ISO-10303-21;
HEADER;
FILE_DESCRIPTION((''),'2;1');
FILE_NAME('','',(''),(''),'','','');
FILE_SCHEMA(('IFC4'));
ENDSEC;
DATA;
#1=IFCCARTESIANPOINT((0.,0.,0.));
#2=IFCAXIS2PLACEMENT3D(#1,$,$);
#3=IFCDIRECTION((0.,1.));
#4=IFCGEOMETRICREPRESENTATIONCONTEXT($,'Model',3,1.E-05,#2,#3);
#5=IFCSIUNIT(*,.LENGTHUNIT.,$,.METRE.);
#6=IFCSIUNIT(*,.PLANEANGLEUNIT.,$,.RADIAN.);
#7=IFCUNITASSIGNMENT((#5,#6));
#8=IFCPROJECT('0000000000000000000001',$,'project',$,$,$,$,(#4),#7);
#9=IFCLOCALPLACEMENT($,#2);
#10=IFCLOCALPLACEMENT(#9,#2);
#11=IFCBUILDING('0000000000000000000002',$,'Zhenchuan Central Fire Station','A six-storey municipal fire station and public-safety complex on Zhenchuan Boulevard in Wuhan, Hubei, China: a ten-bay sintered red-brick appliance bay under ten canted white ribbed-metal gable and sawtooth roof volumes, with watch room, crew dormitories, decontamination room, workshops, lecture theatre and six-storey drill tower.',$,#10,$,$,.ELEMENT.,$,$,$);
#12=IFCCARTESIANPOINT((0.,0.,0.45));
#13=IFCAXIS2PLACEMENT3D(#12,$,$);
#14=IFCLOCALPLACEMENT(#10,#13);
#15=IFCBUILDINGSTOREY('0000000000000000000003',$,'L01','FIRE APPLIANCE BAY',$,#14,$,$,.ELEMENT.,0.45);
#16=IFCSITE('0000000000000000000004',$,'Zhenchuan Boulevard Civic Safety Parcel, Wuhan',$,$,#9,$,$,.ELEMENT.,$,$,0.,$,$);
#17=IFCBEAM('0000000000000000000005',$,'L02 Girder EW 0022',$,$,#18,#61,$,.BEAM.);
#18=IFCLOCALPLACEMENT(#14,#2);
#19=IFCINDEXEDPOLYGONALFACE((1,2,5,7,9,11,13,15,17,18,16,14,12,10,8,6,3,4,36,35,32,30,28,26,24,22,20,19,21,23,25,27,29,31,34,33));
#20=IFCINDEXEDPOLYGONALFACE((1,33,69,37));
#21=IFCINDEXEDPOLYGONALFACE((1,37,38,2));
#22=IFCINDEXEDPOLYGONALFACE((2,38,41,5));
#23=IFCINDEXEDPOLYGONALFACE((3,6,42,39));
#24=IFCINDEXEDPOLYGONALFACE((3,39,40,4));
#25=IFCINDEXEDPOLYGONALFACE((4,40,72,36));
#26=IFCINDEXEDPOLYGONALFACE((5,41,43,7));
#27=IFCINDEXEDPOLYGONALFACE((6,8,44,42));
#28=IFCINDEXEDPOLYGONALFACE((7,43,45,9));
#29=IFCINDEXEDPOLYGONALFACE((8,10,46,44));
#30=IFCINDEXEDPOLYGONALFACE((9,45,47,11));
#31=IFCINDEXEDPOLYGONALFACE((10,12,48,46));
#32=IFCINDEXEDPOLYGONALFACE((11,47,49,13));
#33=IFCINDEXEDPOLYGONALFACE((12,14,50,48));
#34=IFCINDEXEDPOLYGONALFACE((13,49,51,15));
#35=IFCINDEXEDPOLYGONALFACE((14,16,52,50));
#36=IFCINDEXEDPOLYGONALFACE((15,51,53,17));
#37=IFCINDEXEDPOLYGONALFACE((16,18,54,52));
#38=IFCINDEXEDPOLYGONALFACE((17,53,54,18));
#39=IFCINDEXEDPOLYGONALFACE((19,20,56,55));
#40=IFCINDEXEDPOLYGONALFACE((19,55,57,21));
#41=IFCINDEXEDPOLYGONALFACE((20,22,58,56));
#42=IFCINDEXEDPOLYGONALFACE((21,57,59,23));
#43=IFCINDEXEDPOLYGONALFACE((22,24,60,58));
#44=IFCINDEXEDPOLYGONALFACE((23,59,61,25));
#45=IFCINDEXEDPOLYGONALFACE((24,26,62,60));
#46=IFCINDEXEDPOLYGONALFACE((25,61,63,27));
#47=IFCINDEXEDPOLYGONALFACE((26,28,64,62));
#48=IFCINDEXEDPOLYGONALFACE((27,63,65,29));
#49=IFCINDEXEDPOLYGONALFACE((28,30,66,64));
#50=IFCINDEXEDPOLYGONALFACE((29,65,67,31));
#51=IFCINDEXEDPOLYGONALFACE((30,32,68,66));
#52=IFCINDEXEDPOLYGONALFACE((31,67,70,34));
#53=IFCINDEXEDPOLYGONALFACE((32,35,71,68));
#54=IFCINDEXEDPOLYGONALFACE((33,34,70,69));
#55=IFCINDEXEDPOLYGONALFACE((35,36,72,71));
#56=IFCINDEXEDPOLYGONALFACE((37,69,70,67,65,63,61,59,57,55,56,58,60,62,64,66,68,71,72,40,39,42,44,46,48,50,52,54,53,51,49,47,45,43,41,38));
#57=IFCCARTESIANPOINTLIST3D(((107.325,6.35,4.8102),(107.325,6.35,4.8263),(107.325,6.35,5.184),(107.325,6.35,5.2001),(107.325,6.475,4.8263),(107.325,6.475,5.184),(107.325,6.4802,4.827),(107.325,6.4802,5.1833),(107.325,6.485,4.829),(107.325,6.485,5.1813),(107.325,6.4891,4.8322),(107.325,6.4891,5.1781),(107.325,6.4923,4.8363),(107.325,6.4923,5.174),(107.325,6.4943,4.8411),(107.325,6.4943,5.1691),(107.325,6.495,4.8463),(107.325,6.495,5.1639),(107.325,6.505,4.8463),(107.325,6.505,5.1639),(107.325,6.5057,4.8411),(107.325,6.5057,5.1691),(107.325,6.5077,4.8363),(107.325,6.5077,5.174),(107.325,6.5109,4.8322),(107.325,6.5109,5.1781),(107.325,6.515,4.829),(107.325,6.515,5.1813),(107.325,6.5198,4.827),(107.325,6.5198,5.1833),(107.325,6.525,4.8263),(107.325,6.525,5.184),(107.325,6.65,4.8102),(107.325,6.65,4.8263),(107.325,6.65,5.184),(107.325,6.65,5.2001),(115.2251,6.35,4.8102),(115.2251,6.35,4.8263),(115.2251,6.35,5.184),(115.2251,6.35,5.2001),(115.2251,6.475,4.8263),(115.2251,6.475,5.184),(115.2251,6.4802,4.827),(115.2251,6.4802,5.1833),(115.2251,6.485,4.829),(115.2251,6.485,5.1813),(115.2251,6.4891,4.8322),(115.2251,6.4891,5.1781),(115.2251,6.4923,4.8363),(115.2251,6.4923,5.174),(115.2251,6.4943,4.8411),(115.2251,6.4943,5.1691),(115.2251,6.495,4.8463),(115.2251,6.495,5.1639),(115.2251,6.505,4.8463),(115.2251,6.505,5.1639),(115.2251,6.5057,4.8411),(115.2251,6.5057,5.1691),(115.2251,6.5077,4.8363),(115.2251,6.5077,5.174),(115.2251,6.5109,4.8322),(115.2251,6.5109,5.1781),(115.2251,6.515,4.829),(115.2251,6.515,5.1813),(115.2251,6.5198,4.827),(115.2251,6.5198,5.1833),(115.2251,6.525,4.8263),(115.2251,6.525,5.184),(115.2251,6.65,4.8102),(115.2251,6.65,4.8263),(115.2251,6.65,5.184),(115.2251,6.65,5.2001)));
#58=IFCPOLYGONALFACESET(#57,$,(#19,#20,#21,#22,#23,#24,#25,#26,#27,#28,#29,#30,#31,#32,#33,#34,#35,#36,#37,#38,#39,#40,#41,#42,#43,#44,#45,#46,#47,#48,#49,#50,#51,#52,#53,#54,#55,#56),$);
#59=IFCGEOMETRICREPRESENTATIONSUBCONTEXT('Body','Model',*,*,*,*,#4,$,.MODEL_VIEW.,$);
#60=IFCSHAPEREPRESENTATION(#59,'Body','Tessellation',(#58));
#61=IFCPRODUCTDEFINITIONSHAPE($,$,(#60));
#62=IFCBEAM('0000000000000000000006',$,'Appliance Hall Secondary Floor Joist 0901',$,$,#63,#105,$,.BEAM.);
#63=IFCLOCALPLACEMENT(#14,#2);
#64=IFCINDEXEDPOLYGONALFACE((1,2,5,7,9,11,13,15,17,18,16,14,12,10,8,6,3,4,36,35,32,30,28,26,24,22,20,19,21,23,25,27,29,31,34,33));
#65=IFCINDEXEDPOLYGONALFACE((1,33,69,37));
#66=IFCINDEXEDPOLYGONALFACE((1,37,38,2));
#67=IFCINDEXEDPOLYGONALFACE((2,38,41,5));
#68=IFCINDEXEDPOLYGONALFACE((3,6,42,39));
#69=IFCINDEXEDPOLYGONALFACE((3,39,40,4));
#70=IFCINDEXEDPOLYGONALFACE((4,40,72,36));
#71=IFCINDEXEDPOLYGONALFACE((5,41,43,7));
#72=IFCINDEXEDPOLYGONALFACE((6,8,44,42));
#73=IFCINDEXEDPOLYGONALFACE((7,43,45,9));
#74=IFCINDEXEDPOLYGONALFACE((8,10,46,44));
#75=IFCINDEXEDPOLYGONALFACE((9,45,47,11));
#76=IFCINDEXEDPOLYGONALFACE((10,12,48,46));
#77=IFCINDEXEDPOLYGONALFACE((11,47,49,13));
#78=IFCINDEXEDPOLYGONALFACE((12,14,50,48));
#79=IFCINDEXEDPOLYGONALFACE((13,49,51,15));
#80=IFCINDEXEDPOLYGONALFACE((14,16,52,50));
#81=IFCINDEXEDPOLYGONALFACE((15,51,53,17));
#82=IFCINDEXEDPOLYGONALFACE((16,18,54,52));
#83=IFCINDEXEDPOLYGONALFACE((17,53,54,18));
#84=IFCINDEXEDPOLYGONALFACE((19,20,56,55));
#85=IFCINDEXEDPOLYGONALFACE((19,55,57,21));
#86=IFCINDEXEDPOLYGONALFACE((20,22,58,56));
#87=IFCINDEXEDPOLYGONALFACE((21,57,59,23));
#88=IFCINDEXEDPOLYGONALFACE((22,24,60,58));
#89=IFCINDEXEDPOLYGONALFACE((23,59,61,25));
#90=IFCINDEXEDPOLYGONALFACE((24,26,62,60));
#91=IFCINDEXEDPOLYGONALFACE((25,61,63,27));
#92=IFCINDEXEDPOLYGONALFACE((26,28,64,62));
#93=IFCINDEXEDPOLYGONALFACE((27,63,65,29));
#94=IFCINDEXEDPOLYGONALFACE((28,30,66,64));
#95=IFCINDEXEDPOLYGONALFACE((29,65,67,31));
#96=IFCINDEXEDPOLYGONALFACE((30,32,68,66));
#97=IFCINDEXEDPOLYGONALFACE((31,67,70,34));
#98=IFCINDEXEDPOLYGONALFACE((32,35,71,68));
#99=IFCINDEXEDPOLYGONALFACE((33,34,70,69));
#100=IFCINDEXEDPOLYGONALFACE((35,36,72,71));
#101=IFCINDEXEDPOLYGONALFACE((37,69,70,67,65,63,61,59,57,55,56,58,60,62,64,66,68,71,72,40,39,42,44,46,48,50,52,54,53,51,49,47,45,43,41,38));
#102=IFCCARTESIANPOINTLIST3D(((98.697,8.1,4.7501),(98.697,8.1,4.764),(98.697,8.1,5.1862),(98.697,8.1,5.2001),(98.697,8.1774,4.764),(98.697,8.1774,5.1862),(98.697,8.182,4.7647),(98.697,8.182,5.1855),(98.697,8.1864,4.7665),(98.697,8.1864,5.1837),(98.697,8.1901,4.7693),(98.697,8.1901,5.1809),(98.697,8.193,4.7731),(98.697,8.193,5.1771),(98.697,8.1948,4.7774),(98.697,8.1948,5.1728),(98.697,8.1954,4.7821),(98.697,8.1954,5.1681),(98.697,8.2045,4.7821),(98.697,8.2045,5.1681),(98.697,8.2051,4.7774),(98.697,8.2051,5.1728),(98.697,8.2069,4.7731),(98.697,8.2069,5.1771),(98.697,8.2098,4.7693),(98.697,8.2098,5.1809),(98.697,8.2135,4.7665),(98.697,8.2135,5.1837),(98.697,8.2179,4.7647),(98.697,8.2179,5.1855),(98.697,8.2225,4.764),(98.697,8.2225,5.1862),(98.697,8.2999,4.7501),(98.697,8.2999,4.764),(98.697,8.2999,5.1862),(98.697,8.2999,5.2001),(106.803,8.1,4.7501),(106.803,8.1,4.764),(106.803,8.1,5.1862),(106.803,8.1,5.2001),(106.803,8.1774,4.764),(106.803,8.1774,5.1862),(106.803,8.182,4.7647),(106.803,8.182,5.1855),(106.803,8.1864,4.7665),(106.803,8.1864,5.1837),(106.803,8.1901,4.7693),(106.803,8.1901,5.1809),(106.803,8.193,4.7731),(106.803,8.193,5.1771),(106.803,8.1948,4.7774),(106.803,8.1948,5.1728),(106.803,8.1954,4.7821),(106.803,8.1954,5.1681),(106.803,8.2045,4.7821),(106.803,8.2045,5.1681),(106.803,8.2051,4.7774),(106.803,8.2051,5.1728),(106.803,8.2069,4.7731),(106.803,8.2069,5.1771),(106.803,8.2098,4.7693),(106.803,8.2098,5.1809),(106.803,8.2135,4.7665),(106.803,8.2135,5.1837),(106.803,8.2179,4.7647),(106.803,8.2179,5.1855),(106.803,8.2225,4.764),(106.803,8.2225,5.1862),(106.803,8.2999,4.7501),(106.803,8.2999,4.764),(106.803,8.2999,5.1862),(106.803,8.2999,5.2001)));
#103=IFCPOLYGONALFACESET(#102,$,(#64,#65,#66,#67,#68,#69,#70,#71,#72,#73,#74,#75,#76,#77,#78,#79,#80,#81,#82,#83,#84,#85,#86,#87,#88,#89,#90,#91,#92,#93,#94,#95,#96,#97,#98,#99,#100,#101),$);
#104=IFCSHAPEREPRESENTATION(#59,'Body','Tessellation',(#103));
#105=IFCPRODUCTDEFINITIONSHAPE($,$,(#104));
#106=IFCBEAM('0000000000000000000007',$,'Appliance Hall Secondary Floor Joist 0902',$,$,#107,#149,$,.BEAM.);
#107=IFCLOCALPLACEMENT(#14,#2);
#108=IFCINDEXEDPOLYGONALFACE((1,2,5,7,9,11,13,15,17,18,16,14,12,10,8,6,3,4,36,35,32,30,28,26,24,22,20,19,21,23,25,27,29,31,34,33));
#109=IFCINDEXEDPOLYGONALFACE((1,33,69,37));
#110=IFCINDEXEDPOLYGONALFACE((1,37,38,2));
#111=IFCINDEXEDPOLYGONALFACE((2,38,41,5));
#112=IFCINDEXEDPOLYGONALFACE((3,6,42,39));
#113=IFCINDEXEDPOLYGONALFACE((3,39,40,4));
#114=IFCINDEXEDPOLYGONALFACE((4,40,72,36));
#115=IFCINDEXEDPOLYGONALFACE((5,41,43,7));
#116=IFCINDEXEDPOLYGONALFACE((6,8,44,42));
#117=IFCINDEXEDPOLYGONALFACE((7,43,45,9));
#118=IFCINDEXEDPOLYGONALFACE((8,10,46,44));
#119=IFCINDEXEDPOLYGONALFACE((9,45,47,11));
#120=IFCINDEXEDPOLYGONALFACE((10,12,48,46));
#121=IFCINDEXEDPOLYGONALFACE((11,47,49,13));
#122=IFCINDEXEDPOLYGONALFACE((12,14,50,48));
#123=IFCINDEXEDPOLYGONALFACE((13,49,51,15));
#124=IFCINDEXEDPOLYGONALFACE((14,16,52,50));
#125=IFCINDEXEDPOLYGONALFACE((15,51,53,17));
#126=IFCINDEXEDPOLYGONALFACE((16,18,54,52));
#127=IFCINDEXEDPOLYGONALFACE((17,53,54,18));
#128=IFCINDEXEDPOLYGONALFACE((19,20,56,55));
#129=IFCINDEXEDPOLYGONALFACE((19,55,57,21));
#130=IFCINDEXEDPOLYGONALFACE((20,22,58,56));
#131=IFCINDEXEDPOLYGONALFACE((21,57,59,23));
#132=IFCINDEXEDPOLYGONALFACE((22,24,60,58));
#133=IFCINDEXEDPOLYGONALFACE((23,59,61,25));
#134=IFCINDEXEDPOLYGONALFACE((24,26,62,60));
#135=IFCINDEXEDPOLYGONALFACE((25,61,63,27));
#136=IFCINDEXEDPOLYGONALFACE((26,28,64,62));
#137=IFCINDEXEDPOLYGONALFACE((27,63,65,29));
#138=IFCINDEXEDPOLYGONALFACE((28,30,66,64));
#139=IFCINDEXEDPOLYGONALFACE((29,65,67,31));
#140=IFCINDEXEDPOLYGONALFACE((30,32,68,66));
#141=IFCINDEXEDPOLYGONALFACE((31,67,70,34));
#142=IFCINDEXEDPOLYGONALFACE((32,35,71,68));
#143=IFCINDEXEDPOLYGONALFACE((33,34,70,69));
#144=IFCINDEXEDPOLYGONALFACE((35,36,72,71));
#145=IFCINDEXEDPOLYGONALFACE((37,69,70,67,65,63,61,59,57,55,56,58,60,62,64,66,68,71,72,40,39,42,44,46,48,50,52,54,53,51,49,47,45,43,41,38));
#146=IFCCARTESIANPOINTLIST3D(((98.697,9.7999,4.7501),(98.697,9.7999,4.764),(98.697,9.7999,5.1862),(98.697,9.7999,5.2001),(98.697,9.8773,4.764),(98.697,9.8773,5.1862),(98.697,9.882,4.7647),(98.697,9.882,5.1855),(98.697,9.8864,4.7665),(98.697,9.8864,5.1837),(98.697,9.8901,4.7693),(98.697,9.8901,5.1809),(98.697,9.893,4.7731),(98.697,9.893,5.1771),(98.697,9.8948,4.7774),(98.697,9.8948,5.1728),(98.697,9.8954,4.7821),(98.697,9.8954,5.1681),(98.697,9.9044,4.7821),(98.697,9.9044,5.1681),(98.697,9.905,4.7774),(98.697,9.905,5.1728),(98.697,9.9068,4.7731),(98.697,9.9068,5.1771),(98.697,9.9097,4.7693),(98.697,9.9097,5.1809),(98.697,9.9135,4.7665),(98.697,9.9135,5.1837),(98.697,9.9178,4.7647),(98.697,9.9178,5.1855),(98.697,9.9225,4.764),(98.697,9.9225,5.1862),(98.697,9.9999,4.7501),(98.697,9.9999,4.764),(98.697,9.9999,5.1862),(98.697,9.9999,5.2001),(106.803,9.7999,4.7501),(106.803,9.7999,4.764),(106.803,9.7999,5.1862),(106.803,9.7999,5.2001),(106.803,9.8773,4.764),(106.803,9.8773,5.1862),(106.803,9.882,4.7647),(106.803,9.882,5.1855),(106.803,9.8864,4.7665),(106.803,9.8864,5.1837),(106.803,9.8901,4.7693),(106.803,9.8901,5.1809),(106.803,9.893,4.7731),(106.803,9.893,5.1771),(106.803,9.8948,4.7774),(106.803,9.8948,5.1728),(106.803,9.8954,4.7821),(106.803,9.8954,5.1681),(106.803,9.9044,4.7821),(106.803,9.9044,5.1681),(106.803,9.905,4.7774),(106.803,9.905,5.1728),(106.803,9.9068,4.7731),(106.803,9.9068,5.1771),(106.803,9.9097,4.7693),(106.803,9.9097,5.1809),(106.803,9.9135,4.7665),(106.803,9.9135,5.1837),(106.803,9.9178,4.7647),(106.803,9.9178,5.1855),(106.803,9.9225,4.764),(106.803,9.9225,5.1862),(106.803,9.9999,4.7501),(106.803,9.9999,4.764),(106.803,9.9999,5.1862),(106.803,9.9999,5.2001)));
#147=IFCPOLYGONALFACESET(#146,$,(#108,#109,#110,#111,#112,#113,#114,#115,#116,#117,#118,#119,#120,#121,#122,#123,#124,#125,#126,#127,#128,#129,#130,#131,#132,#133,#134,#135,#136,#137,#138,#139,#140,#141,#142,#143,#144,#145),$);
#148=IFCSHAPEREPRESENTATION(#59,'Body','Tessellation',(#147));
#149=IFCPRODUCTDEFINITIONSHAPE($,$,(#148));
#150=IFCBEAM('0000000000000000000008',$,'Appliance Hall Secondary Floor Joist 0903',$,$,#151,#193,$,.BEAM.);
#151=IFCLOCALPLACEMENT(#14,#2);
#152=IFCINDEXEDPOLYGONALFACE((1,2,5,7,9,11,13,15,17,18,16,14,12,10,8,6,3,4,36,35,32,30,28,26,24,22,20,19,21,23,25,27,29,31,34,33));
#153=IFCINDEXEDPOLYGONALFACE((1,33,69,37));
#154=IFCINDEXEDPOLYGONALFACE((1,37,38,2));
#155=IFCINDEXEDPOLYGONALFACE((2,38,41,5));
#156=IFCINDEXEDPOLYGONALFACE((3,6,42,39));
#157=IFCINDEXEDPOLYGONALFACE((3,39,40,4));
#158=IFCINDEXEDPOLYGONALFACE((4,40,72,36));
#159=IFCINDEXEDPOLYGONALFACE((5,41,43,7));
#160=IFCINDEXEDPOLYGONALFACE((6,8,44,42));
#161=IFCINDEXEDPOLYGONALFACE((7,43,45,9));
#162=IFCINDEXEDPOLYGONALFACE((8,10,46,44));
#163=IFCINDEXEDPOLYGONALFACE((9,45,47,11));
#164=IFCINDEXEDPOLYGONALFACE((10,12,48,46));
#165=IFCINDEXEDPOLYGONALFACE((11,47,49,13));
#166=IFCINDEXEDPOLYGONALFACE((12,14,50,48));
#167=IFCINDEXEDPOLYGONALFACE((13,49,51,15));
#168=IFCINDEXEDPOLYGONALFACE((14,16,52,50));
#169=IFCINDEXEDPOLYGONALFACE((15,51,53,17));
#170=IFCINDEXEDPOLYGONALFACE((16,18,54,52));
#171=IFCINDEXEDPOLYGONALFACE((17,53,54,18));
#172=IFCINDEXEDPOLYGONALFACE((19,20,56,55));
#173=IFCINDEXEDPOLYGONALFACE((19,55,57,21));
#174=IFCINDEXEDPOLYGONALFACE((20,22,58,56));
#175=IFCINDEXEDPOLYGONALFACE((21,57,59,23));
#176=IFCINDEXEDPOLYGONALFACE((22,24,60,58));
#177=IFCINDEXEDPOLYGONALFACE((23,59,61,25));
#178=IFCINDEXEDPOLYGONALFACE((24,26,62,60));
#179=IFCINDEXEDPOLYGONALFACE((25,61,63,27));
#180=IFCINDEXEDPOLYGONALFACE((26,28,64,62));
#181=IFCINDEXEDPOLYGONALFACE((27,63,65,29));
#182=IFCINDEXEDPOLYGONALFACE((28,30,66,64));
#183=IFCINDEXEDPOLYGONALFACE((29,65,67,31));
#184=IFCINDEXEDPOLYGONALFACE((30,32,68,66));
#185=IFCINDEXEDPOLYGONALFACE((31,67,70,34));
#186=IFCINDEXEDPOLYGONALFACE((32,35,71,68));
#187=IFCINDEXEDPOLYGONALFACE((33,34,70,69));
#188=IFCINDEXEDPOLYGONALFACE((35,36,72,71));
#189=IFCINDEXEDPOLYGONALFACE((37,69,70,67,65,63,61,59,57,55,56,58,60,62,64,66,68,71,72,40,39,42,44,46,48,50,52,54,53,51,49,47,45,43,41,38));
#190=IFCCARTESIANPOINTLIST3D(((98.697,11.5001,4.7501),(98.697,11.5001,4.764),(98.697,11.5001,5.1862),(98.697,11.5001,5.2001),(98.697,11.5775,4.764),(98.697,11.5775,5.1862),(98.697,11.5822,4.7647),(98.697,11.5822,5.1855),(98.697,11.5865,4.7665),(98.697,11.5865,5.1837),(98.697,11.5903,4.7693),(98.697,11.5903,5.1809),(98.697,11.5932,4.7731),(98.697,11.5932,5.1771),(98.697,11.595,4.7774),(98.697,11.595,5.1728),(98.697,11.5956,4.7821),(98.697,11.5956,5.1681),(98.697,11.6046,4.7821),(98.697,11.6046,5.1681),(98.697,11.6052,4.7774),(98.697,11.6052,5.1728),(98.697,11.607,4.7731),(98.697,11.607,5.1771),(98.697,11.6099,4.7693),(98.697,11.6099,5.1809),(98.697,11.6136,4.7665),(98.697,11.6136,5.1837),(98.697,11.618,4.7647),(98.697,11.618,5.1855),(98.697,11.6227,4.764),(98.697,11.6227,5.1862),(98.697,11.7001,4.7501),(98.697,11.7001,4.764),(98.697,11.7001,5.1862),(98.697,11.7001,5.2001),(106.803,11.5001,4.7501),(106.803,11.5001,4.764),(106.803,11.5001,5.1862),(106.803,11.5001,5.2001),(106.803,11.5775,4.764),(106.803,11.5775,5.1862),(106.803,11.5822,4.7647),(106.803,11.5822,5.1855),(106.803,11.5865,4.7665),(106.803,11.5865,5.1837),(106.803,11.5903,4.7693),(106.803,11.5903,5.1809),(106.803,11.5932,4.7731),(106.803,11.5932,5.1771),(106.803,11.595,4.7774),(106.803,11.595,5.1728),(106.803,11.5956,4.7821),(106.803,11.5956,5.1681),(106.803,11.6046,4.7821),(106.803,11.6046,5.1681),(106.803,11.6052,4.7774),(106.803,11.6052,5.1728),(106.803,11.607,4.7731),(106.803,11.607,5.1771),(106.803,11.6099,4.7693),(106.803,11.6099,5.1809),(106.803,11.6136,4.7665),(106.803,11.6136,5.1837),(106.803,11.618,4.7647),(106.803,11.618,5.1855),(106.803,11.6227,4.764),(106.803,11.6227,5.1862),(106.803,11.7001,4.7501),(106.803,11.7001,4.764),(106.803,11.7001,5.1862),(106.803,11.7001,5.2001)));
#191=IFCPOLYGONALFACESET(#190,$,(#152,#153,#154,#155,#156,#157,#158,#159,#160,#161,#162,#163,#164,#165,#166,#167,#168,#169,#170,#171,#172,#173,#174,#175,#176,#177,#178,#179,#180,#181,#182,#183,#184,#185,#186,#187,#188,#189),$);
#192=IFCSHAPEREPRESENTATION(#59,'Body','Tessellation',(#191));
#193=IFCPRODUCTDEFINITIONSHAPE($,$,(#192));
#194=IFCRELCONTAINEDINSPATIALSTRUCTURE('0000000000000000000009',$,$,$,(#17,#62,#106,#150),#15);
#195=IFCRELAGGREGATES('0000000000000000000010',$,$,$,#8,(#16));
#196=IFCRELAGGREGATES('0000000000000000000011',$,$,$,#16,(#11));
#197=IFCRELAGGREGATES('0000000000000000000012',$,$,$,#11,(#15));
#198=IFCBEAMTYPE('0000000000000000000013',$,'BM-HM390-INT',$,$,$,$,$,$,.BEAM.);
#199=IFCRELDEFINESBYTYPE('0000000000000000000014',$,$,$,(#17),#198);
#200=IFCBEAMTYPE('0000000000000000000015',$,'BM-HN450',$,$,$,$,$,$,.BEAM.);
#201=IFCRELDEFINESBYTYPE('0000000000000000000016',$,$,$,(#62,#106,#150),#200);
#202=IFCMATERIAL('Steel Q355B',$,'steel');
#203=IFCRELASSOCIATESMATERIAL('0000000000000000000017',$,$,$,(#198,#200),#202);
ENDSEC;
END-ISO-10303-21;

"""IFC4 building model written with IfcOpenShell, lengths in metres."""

from ifc_helpers import new_model, si_unit, direction, frame, origin, origin_2d, place, context, subcontext, project, spatial, i_section, extrude, material, material_profile, profile_set, type_object, element, save


model = new_model("IFC4")

# Units and contexts
model_context = context("Model", 3, precision=1e-05, world=origin(), true_north=direction((0.0, 1.0)))
body_context = subcontext(model_context, "Body", "Model", "MODEL_VIEW")
ifc_project = project(units=[si_unit("LENGTHUNIT", "METRE"), si_unit("PLANEANGLEUNIT", "RADIAN")], contexts=[model_context])

# Site, building, storey
site_placement = place(None, origin())
site = spatial("IfcSite", under=ifc_project, at=site_placement, Name="Zhenchuan Boulevard Civic Safety Parcel, Wuhan", CompositionType="ELEMENT", RefElevation=0.0)
building_placement = place(site_placement, origin())
building = spatial("IfcBuilding", under=site, at=building_placement, Name="Zhenchuan Central Fire Station", Description="A six-storey municipal fire station and public-safety complex on Zhenchuan Boulevard in Wuhan, Hubei, China: a ten-bay sintered red-brick appliance bay under ten canted white ribbed-metal gable and sawtooth roof volumes, with watch room, crew dormitories, decontamination room, workshops, lecture theatre and six-storey drill tower.", CompositionType="ELEMENT")
storey_placement = place(building_placement, frame((0.0, 0.0, 0.45)))
storey = spatial("IfcBuildingStorey", under=building, at=storey_placement, Name="L01", Description="FIRE APPLIANCE BAY", CompositionType="ELEMENT", Elevation=0.45)

# Shared definitions
ifc_material_1 = material(Name="Steel Q355B", Category="steel")

# Beams
ifc_material_profile_1 = material_profile(ifc_material_1, i_section(OverallWidth=0.3, OverallDepth=0.3899, WebThickness=0.01, FlangeThickness=0.0161, FilletRadius=0.02, at=origin_2d()), Name="HM 390x300")
ifc_profile_set_1 = profile_set([ifc_material_profile_1], Name="Steel Q355B")
beam_type_1 = type_object("IfcBeamType", Name="BM-HM390-INT", PredefinedType="BEAM", material=ifc_profile_set_1)
beam_1_placement = place(storey_placement, frame((107.325, 6.5, 5.0051), z_axis=(1.0, 0.0, 0.0), x_axis=(0.0, 1.0, 0.0)))
element("IfcBeam", 1, at=beam_1_placement, inside=storey, type_object=beam_type_1, Name="L02 Girder EW 0022", PredefinedType="BEAM", context=body_context, shape_type="SweptSolid", body=[
    extrude(i_section(OverallWidth=0.3, OverallDepth=0.3899, WebThickness=0.01, FlangeThickness=0.0161, FilletRadius=0.02, at=origin_2d()), origin(), (0.0, 0.0, 1.0), 7.9001),
])
ifc_material_profile_2 = material_profile(ifc_material_1, i_section(OverallWidth=0.2, OverallDepth=0.45, WebThickness=0.009, FlangeThickness=0.0139, FilletRadius=0.0181, at=origin_2d()), Name="HN 450x200")
ifc_profile_set_2 = profile_set([ifc_material_profile_2], Name="Steel Q355B")
beam_type_2 = type_object("IfcBeamType", Name="BM-HN450", PredefinedType="BEAM", material=ifc_profile_set_2)
for number, where, z_axis, x_axis, name in (
    (2, (98.697, 8.2, 4.9751), (1.0, 0.0, 0.0), (0.0, 1.0, 0.0), "Appliance Hall Secondary Floor Joist 0901"),
    (3, (98.697, 9.8999, 4.9751), (1.0, 0.0, 0.0), (0.0, 1.0, 0.0), "Appliance Hall Secondary Floor Joist 0902"),
    (4, (98.697, 11.6001, 4.9751), (1.0, 0.0, 0.0), (0.0, 1.0, 0.0), "Appliance Hall Secondary Floor Joist 0903"),
):
    element("IfcBeam", number, at=place(storey_placement, frame(where, z_axis=z_axis, x_axis=x_axis)), inside=storey, type_object=beam_type_2, Name=name, PredefinedType="BEAM", context=body_context, shape_type="SweptSolid", body=[
        extrude(i_section(OverallWidth=0.2, OverallDepth=0.45, WebThickness=0.009, FlangeThickness=0.0139, FilletRadius=0.0181, at=origin_2d()), origin(), (0.0, 0.0, 1.0), 8.106),
    ])

save(model, "model.ifc")
